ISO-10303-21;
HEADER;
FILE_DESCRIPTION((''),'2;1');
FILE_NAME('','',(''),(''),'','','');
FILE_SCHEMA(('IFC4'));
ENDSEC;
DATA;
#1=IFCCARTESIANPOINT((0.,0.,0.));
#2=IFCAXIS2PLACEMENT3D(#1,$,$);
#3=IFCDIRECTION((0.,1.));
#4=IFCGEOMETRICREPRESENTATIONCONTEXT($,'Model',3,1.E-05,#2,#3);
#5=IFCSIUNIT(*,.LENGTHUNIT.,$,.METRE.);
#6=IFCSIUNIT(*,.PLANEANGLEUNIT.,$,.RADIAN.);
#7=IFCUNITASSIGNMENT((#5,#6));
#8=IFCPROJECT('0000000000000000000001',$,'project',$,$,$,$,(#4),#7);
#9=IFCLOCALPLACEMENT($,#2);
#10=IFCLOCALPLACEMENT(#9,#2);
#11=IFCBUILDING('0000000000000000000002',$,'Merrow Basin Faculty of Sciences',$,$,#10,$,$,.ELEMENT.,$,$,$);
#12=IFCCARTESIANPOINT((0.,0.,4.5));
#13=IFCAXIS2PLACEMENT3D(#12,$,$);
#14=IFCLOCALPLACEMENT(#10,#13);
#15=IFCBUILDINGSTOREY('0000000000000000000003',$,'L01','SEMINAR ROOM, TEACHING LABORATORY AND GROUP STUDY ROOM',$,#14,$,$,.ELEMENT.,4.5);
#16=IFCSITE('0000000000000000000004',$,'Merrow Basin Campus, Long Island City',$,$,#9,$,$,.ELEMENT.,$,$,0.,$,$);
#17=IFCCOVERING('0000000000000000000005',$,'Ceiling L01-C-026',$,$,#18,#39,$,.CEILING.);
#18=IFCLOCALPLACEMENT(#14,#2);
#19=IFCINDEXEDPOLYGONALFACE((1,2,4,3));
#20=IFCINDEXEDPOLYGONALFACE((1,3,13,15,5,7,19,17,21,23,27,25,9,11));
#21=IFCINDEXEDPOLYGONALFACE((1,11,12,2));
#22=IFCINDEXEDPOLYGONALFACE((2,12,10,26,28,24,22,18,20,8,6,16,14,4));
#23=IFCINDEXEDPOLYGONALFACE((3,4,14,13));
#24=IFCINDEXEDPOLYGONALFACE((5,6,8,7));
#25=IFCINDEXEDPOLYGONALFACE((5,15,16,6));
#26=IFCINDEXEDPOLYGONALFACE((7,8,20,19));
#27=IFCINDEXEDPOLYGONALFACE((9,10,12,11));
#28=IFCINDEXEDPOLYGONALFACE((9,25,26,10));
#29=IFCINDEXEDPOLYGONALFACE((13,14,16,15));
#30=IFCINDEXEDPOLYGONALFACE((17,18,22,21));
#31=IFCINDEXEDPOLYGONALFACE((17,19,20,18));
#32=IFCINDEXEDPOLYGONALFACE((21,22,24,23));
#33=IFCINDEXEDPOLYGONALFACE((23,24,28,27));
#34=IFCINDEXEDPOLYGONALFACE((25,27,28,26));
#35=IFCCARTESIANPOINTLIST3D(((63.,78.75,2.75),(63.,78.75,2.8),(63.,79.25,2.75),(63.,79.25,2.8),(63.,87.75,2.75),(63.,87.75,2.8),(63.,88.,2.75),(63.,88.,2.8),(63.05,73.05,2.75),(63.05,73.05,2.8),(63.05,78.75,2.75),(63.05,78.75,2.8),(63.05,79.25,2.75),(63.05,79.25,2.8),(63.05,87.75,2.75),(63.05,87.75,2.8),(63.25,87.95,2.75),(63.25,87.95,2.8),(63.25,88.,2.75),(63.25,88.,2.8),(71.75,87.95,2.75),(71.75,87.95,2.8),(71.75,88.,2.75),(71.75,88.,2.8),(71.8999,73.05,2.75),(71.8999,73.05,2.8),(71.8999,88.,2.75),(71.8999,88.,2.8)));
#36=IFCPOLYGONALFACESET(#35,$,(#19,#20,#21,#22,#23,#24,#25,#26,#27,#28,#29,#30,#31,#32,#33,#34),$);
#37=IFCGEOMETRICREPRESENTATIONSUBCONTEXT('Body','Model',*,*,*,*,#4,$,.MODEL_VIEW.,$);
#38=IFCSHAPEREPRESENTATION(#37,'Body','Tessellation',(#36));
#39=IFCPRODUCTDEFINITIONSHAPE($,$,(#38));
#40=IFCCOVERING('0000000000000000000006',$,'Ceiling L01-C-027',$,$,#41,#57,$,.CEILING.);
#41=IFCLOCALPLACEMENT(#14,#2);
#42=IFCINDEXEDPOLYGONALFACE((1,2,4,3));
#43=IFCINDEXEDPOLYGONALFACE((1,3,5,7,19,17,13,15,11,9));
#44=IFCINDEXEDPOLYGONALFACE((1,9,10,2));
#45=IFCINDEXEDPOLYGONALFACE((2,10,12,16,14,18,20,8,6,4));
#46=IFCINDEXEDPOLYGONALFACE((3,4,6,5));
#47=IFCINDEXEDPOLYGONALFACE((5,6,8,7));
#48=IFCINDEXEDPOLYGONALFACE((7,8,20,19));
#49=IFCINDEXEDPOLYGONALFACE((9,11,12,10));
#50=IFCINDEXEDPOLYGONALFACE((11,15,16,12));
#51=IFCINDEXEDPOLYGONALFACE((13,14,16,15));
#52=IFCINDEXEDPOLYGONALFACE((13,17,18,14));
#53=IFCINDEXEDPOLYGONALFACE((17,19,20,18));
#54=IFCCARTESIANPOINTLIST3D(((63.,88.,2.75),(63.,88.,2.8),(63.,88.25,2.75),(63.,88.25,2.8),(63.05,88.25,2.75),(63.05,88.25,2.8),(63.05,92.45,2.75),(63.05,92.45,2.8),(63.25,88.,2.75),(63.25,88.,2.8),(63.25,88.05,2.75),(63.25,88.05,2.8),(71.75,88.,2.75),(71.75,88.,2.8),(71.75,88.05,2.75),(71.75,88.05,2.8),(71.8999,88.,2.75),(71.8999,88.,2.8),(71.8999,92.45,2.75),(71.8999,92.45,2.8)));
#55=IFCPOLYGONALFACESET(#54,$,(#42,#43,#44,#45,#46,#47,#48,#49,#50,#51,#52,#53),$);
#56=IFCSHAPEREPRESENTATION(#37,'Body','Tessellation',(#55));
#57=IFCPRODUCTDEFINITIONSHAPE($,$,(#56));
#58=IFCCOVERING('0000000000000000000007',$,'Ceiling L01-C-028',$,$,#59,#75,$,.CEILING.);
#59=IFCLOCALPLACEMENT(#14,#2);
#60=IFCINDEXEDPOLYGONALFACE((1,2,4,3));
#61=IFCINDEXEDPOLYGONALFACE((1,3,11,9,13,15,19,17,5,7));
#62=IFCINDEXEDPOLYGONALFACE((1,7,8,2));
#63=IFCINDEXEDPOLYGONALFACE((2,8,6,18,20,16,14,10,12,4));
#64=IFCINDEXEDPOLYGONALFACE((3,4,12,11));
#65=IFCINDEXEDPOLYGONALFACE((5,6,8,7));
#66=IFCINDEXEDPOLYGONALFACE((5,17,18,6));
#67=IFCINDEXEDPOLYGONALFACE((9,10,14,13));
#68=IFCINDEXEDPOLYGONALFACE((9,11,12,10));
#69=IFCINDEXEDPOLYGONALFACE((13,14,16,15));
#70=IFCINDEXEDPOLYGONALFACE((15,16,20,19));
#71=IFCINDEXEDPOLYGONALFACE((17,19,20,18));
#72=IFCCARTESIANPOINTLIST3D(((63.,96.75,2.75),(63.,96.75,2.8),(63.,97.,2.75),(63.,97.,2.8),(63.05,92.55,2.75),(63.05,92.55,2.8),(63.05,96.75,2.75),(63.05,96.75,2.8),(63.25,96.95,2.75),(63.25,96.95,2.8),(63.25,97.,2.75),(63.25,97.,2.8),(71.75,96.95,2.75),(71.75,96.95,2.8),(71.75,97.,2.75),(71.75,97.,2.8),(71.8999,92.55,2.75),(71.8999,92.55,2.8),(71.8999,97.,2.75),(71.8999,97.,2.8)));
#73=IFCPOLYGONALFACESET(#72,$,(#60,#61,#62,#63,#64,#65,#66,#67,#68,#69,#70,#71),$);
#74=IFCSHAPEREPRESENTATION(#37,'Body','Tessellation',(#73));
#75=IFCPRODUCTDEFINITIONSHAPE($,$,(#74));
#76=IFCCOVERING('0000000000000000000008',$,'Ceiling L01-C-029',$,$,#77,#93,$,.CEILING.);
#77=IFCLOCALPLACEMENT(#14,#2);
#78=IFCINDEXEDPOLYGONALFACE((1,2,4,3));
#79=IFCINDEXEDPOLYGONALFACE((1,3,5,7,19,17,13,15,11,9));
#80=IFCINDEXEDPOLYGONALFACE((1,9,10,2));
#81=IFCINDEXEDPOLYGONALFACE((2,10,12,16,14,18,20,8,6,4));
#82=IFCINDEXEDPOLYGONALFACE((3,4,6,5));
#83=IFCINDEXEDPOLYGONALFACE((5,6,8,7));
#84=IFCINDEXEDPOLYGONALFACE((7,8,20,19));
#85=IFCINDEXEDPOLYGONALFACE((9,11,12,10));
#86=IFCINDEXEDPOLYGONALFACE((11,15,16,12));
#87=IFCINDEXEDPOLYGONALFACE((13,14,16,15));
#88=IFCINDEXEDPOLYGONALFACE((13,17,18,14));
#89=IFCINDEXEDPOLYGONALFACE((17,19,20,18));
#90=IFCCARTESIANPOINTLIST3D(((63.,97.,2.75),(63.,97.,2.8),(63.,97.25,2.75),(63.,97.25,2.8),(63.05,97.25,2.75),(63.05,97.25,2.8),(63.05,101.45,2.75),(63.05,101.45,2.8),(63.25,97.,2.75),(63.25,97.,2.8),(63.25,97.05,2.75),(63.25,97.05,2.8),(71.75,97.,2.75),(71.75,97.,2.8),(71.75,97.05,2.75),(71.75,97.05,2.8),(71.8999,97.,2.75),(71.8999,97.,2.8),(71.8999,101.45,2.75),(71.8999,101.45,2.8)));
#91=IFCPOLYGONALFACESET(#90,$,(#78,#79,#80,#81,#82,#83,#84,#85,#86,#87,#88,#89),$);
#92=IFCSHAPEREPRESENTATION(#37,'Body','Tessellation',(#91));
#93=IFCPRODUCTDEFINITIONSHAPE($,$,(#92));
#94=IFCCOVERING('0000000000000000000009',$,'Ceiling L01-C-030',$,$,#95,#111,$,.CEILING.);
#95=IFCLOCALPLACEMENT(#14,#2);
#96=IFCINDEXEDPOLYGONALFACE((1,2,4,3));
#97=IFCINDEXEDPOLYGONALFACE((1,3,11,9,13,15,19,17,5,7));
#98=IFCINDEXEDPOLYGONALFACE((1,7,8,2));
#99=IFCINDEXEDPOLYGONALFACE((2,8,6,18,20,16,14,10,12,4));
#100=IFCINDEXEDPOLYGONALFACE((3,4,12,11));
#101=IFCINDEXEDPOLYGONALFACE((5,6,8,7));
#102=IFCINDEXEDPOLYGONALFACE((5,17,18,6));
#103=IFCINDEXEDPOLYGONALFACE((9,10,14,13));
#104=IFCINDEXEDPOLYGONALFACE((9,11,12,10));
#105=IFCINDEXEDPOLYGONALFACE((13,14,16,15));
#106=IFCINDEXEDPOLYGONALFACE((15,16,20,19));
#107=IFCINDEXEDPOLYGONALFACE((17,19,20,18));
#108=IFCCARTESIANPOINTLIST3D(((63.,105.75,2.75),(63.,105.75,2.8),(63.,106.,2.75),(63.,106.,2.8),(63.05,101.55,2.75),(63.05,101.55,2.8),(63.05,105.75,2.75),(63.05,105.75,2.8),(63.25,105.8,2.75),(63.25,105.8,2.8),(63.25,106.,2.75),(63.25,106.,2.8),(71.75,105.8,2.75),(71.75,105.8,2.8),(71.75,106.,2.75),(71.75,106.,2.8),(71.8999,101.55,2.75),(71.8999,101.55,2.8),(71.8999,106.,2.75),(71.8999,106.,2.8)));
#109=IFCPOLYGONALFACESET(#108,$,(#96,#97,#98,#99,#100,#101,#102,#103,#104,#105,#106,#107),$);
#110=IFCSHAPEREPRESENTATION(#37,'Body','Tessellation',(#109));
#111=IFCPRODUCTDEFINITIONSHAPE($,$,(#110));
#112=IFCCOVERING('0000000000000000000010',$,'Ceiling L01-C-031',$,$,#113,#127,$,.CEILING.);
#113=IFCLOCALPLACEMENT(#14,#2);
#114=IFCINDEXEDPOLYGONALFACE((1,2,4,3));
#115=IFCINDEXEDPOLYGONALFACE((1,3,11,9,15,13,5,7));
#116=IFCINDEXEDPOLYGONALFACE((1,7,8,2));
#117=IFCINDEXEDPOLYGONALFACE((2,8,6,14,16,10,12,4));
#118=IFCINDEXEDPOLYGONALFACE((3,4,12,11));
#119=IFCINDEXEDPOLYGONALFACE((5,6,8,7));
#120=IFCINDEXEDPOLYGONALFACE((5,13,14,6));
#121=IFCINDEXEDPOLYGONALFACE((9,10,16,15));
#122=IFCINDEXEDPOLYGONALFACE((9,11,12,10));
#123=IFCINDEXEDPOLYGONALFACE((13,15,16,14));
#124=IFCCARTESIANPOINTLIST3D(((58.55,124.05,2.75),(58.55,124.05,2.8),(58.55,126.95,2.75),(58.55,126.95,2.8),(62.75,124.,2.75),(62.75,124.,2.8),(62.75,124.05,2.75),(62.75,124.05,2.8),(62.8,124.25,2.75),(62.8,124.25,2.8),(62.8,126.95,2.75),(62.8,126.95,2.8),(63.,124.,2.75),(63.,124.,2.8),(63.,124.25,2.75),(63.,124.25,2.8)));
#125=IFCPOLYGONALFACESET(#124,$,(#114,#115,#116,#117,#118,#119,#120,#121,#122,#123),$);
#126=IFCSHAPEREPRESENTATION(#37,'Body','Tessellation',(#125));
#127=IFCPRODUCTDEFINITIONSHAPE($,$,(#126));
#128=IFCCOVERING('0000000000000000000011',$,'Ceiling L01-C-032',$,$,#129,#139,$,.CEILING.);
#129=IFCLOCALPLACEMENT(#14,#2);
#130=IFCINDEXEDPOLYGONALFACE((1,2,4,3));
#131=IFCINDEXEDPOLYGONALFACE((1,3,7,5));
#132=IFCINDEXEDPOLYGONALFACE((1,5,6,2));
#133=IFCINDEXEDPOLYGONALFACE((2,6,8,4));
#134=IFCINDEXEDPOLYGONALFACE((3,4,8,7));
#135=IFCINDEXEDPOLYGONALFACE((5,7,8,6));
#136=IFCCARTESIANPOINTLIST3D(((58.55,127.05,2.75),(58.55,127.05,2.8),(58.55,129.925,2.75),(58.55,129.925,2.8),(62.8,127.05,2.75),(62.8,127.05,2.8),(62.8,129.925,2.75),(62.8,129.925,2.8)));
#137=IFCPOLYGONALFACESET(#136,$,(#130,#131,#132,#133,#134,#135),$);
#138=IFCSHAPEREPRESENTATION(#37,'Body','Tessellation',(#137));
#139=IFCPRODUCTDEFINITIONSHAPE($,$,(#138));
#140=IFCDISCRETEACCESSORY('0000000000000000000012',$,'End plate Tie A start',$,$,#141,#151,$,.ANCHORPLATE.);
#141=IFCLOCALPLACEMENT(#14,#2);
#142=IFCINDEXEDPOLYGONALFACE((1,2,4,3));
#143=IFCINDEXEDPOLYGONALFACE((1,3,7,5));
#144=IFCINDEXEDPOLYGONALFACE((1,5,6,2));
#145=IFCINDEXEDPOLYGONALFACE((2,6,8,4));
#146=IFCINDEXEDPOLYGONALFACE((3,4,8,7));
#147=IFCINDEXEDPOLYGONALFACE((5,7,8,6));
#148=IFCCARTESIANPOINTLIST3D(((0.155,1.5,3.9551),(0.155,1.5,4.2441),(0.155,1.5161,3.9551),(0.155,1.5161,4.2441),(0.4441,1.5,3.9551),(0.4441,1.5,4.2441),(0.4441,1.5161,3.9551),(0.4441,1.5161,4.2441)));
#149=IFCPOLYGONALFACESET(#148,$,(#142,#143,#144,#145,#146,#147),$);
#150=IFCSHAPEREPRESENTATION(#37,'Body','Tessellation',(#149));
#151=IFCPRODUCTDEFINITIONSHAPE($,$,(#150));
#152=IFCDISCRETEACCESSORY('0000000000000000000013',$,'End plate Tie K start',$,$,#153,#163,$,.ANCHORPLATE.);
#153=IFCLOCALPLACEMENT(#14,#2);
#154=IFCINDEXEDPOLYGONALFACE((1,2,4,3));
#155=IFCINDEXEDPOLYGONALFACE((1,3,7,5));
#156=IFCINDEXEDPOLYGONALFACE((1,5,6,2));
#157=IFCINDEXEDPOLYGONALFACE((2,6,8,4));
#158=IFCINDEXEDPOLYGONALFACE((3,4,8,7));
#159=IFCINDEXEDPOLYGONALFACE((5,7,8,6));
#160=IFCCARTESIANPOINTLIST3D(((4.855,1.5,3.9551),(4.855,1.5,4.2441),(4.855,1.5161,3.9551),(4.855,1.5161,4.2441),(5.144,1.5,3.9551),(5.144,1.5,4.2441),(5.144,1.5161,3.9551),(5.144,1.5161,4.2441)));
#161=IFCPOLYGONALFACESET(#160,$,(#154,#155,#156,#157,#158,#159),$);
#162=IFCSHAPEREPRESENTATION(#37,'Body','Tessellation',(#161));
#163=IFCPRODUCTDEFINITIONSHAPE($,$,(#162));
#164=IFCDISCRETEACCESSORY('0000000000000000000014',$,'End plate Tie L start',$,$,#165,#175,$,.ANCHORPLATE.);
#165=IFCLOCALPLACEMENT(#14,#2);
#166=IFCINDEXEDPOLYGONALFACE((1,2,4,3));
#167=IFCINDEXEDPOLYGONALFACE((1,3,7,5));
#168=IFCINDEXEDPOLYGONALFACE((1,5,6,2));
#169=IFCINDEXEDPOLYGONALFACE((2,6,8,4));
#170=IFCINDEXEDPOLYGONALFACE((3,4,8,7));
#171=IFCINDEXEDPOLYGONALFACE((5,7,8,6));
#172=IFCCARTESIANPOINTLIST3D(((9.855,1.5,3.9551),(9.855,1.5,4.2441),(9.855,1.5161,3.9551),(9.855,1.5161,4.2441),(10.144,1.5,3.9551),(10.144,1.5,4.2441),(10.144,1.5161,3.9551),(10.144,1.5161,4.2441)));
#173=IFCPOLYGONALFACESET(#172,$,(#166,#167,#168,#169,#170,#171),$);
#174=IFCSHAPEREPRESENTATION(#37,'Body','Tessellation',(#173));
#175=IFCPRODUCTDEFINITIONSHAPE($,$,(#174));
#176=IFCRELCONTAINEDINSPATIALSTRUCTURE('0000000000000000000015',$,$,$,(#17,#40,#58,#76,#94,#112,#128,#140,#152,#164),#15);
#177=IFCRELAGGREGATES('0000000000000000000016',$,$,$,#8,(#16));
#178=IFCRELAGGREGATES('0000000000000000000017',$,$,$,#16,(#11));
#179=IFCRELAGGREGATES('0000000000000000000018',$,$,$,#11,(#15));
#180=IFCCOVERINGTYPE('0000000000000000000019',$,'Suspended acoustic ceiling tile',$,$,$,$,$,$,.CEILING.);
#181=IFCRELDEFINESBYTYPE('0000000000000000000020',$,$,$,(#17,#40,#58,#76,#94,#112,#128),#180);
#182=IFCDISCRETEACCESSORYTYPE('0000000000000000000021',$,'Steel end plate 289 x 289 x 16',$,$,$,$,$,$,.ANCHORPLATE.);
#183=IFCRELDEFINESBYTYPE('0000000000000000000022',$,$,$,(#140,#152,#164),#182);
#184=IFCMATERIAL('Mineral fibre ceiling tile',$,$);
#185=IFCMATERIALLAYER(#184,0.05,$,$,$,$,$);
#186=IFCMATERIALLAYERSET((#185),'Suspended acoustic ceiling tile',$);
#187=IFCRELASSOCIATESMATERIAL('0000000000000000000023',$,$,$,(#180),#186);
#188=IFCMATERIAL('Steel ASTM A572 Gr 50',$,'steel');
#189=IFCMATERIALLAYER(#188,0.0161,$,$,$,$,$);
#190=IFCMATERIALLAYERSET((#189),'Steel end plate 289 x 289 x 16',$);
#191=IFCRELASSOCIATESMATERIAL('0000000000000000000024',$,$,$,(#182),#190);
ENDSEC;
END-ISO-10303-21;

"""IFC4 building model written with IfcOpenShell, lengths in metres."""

from ifc_helpers import new_model, si_unit, direction, frame, origin, place, context, subcontext, project, spatial, polyline, outline, extrude, source, transform, mapped, material, layer, layer_set, type_object, element, save


model = new_model("IFC4")

# Units and contexts
model_context = context("Model", 3, precision=1e-05, world=origin(), true_north=direction((0.0, 1.0)))
body_context = subcontext(model_context, "Body", "Model", "MODEL_VIEW")
ifc_project = project(units=[si_unit("LENGTHUNIT", "METRE"), si_unit("PLANEANGLEUNIT", "RADIAN")], contexts=[model_context])

# Site, building, storey
site_placement = place(None, origin())
site = spatial("IfcSite", under=ifc_project, at=site_placement, Name="Merrow Basin Campus, Long Island City", CompositionType="ELEMENT", RefElevation=0.0)
building_placement = place(site_placement, origin())
building = spatial("IfcBuilding", under=site, at=building_placement, Name="Merrow Basin Faculty of Sciences", CompositionType="ELEMENT")
storey_placement = place(building_placement, frame((0.0, 0.0, 4.5)))
storey = spatial("IfcBuildingStorey", under=building, at=storey_placement, Name="L01", Description="SEMINAR ROOM, TEACHING LABORATORY AND GROUP STUDY ROOM", CompositionType="ELEMENT", Elevation=4.5)

# Coverings
ifc_material_1 = material(Name="Mineral fibre ceiling tile")
ifc_layer_1 = layer(ifc_material_1, 0.05)
ifc_layer_set_1 = layer_set([ifc_layer_1], Name="Suspended acoustic ceiling tile")
covering_type_1 = type_object("IfcCoveringType", Name="Suspended acoustic ceiling tile", PredefinedType="CEILING", material=ifc_layer_set_1)
covering_1_placement = place(storey_placement, frame((0.0, 0.0, 2.75)))
element("IfcCovering", 1, at=covering_1_placement, inside=storey, type_object=covering_type_1, Name="Ceiling L01-C-026", PredefinedType="CEILING", context=body_context, shape_type="SweptSolid", body=[
    extrude(outline(polyline([(63.0, 79.25), (63.05, 79.25), (63.05, 87.75), (63.0, 87.75), (63.0, 88.0), (63.25, 88.0), (63.25, 87.95), (71.75, 87.95), (71.75, 88.0), (71.8999, 88.0), (71.8999, 73.05), (63.05, 73.05), (63.05, 78.75), (63.0, 78.75), (63.0, 79.25)])), origin(), (0.0, 0.0, 1.0), 0.05),
])
covering_2_placement = place(storey_placement, frame((0.0, 0.0, 2.75)))
element("IfcCovering", 2, at=covering_2_placement, inside=storey, type_object=covering_type_1, Name="Ceiling L01-C-027", PredefinedType="CEILING", context=body_context, shape_type="SweptSolid", body=[
    extrude(outline(polyline([(63.0, 88.25), (63.05, 88.25), (63.05, 92.45), (71.8999, 92.45), (71.8999, 88.0), (71.75, 88.0), (71.75, 88.05), (63.25, 88.05), (63.25, 88.0), (63.0, 88.0), (63.0, 88.25)])), origin(), (0.0, 0.0, 1.0), 0.05),
])
covering_3_placement = place(storey_placement, frame((0.0, 0.0, 2.75)))
element("IfcCovering", 3, at=covering_3_placement, inside=storey, type_object=covering_type_1, Name="Ceiling L01-C-028", PredefinedType="CEILING", context=body_context, shape_type="SweptSolid", body=[
    extrude(outline(polyline([(63.0, 97.0), (63.25, 97.0), (63.25, 96.95), (71.75, 96.95), (71.75, 97.0), (71.8999, 97.0), (71.8999, 92.55), (63.05, 92.55), (63.05, 96.75), (63.0, 96.75), (63.0, 97.0)])), origin(), (0.0, 0.0, 1.0), 0.05),
])
covering_4_placement = place(storey_placement, frame((0.0, 0.0, 2.75)))
element("IfcCovering", 4, at=covering_4_placement, inside=storey, type_object=covering_type_1, Name="Ceiling L01-C-029", PredefinedType="CEILING", context=body_context, shape_type="SweptSolid", body=[
    extrude(outline(polyline([(63.0, 97.25), (63.05, 97.25), (63.05, 101.45), (71.8999, 101.45), (71.8999, 97.0), (71.75, 97.0), (71.75, 97.05), (63.25, 97.05), (63.25, 97.0), (63.0, 97.0), (63.0, 97.25)])), origin(), (0.0, 0.0, 1.0), 0.05),
])
covering_5_placement = place(storey_placement, frame((0.0, 0.0, 2.75)))
element("IfcCovering", 5, at=covering_5_placement, inside=storey, type_object=covering_type_1, Name="Ceiling L01-C-030", PredefinedType="CEILING", context=body_context, shape_type="SweptSolid", body=[
    extrude(outline(polyline([(63.0, 106.0), (63.25, 106.0), (63.25, 105.8), (71.75, 105.8), (71.75, 106.0), (71.8999, 106.0), (71.8999, 101.55), (63.05, 101.55), (63.05, 105.75), (63.0, 105.75), (63.0, 106.0)])), origin(), (0.0, 0.0, 1.0), 0.05),
])
covering_6_placement = place(storey_placement, frame((0.0, 0.0, 2.75)))
element("IfcCovering", 6, at=covering_6_placement, inside=storey, type_object=covering_type_1, Name="Ceiling L01-C-031", PredefinedType="CEILING", context=body_context, shape_type="SweptSolid", body=[
    extrude(outline(polyline([(63.0, 124.0), (62.75, 124.0), (62.75, 124.05), (58.55, 124.05), (58.55, 126.95), (62.8, 126.95), (62.8, 124.25), (63.0, 124.25), (63.0, 124.0)])), origin(), (0.0, 0.0, 1.0), 0.05),
])
covering_7_placement = place(storey_placement, frame((0.0, 0.0, 2.75)))
element("IfcCovering", 7, at=covering_7_placement, inside=storey, type_object=covering_type_1, Name="Ceiling L01-C-032", PredefinedType="CEILING", context=body_context, shape_type="SweptSolid", body=[
    extrude(outline(polyline([(62.8, 127.05), (58.55, 127.05), (58.55, 129.925), (62.8, 129.925), (62.8, 127.05)])), origin(), (0.0, 0.0, 1.0), 0.05),
])

# Discrete accessories
ifc_material_2 = material(Name="Steel ASTM A572 Gr 50", Category="steel")
ifc_layer_2 = layer(ifc_material_2, 0.0161)
ifc_layer_set_2 = layer_set([ifc_layer_2], Name="Steel end plate 289 x 289 x 16")
discrete_accessory_type = type_object("IfcDiscreteAccessoryType", Name="Steel end plate 289 x 289 x 16", PredefinedType="ANCHORPLATE", material=ifc_layer_set_2)
shared_shape = source(origin(), body_context, "Body", "SweptSolid", [
    extrude(outline(polyline([(0.0, 0.0), (0.2891, 0.0), (0.2891, 0.2891), (0.0, 0.2891), (0.0, 0.0)])), origin(), (0.0, 0.0, 1.0), 0.0161),
])
for number, where, z_axis, x_axis, name in (
    (8, (0.155, 1.5161, 3.9551), (0.0, -1.0, 0.0), (1.0, 0.0, 0.0), "End plate Tie A start"),
    (9, (4.855, 1.5161, 3.9551), (0.0, -1.0, 0.0), (1.0, 0.0, 0.0), "End plate Tie K start"),
    (10, (9.855, 1.5161, 3.9551), (0.0, -1.0, 0.0), (1.0, 0.0, 0.0), "End plate Tie L start"),
):
    element("IfcDiscreteAccessory", number, at=place(storey_placement, frame(where, z_axis=z_axis, x_axis=x_axis)), inside=storey, type_object=discrete_accessory_type, Name=name, PredefinedType="ANCHORPLATE", context=body_context, shape_type="MappedRepresentation", body=[
        mapped(shared_shape, transform((0.0, 0.0, 0.0), scale=1.0)),
    ])

save(model, "model.ifc")
